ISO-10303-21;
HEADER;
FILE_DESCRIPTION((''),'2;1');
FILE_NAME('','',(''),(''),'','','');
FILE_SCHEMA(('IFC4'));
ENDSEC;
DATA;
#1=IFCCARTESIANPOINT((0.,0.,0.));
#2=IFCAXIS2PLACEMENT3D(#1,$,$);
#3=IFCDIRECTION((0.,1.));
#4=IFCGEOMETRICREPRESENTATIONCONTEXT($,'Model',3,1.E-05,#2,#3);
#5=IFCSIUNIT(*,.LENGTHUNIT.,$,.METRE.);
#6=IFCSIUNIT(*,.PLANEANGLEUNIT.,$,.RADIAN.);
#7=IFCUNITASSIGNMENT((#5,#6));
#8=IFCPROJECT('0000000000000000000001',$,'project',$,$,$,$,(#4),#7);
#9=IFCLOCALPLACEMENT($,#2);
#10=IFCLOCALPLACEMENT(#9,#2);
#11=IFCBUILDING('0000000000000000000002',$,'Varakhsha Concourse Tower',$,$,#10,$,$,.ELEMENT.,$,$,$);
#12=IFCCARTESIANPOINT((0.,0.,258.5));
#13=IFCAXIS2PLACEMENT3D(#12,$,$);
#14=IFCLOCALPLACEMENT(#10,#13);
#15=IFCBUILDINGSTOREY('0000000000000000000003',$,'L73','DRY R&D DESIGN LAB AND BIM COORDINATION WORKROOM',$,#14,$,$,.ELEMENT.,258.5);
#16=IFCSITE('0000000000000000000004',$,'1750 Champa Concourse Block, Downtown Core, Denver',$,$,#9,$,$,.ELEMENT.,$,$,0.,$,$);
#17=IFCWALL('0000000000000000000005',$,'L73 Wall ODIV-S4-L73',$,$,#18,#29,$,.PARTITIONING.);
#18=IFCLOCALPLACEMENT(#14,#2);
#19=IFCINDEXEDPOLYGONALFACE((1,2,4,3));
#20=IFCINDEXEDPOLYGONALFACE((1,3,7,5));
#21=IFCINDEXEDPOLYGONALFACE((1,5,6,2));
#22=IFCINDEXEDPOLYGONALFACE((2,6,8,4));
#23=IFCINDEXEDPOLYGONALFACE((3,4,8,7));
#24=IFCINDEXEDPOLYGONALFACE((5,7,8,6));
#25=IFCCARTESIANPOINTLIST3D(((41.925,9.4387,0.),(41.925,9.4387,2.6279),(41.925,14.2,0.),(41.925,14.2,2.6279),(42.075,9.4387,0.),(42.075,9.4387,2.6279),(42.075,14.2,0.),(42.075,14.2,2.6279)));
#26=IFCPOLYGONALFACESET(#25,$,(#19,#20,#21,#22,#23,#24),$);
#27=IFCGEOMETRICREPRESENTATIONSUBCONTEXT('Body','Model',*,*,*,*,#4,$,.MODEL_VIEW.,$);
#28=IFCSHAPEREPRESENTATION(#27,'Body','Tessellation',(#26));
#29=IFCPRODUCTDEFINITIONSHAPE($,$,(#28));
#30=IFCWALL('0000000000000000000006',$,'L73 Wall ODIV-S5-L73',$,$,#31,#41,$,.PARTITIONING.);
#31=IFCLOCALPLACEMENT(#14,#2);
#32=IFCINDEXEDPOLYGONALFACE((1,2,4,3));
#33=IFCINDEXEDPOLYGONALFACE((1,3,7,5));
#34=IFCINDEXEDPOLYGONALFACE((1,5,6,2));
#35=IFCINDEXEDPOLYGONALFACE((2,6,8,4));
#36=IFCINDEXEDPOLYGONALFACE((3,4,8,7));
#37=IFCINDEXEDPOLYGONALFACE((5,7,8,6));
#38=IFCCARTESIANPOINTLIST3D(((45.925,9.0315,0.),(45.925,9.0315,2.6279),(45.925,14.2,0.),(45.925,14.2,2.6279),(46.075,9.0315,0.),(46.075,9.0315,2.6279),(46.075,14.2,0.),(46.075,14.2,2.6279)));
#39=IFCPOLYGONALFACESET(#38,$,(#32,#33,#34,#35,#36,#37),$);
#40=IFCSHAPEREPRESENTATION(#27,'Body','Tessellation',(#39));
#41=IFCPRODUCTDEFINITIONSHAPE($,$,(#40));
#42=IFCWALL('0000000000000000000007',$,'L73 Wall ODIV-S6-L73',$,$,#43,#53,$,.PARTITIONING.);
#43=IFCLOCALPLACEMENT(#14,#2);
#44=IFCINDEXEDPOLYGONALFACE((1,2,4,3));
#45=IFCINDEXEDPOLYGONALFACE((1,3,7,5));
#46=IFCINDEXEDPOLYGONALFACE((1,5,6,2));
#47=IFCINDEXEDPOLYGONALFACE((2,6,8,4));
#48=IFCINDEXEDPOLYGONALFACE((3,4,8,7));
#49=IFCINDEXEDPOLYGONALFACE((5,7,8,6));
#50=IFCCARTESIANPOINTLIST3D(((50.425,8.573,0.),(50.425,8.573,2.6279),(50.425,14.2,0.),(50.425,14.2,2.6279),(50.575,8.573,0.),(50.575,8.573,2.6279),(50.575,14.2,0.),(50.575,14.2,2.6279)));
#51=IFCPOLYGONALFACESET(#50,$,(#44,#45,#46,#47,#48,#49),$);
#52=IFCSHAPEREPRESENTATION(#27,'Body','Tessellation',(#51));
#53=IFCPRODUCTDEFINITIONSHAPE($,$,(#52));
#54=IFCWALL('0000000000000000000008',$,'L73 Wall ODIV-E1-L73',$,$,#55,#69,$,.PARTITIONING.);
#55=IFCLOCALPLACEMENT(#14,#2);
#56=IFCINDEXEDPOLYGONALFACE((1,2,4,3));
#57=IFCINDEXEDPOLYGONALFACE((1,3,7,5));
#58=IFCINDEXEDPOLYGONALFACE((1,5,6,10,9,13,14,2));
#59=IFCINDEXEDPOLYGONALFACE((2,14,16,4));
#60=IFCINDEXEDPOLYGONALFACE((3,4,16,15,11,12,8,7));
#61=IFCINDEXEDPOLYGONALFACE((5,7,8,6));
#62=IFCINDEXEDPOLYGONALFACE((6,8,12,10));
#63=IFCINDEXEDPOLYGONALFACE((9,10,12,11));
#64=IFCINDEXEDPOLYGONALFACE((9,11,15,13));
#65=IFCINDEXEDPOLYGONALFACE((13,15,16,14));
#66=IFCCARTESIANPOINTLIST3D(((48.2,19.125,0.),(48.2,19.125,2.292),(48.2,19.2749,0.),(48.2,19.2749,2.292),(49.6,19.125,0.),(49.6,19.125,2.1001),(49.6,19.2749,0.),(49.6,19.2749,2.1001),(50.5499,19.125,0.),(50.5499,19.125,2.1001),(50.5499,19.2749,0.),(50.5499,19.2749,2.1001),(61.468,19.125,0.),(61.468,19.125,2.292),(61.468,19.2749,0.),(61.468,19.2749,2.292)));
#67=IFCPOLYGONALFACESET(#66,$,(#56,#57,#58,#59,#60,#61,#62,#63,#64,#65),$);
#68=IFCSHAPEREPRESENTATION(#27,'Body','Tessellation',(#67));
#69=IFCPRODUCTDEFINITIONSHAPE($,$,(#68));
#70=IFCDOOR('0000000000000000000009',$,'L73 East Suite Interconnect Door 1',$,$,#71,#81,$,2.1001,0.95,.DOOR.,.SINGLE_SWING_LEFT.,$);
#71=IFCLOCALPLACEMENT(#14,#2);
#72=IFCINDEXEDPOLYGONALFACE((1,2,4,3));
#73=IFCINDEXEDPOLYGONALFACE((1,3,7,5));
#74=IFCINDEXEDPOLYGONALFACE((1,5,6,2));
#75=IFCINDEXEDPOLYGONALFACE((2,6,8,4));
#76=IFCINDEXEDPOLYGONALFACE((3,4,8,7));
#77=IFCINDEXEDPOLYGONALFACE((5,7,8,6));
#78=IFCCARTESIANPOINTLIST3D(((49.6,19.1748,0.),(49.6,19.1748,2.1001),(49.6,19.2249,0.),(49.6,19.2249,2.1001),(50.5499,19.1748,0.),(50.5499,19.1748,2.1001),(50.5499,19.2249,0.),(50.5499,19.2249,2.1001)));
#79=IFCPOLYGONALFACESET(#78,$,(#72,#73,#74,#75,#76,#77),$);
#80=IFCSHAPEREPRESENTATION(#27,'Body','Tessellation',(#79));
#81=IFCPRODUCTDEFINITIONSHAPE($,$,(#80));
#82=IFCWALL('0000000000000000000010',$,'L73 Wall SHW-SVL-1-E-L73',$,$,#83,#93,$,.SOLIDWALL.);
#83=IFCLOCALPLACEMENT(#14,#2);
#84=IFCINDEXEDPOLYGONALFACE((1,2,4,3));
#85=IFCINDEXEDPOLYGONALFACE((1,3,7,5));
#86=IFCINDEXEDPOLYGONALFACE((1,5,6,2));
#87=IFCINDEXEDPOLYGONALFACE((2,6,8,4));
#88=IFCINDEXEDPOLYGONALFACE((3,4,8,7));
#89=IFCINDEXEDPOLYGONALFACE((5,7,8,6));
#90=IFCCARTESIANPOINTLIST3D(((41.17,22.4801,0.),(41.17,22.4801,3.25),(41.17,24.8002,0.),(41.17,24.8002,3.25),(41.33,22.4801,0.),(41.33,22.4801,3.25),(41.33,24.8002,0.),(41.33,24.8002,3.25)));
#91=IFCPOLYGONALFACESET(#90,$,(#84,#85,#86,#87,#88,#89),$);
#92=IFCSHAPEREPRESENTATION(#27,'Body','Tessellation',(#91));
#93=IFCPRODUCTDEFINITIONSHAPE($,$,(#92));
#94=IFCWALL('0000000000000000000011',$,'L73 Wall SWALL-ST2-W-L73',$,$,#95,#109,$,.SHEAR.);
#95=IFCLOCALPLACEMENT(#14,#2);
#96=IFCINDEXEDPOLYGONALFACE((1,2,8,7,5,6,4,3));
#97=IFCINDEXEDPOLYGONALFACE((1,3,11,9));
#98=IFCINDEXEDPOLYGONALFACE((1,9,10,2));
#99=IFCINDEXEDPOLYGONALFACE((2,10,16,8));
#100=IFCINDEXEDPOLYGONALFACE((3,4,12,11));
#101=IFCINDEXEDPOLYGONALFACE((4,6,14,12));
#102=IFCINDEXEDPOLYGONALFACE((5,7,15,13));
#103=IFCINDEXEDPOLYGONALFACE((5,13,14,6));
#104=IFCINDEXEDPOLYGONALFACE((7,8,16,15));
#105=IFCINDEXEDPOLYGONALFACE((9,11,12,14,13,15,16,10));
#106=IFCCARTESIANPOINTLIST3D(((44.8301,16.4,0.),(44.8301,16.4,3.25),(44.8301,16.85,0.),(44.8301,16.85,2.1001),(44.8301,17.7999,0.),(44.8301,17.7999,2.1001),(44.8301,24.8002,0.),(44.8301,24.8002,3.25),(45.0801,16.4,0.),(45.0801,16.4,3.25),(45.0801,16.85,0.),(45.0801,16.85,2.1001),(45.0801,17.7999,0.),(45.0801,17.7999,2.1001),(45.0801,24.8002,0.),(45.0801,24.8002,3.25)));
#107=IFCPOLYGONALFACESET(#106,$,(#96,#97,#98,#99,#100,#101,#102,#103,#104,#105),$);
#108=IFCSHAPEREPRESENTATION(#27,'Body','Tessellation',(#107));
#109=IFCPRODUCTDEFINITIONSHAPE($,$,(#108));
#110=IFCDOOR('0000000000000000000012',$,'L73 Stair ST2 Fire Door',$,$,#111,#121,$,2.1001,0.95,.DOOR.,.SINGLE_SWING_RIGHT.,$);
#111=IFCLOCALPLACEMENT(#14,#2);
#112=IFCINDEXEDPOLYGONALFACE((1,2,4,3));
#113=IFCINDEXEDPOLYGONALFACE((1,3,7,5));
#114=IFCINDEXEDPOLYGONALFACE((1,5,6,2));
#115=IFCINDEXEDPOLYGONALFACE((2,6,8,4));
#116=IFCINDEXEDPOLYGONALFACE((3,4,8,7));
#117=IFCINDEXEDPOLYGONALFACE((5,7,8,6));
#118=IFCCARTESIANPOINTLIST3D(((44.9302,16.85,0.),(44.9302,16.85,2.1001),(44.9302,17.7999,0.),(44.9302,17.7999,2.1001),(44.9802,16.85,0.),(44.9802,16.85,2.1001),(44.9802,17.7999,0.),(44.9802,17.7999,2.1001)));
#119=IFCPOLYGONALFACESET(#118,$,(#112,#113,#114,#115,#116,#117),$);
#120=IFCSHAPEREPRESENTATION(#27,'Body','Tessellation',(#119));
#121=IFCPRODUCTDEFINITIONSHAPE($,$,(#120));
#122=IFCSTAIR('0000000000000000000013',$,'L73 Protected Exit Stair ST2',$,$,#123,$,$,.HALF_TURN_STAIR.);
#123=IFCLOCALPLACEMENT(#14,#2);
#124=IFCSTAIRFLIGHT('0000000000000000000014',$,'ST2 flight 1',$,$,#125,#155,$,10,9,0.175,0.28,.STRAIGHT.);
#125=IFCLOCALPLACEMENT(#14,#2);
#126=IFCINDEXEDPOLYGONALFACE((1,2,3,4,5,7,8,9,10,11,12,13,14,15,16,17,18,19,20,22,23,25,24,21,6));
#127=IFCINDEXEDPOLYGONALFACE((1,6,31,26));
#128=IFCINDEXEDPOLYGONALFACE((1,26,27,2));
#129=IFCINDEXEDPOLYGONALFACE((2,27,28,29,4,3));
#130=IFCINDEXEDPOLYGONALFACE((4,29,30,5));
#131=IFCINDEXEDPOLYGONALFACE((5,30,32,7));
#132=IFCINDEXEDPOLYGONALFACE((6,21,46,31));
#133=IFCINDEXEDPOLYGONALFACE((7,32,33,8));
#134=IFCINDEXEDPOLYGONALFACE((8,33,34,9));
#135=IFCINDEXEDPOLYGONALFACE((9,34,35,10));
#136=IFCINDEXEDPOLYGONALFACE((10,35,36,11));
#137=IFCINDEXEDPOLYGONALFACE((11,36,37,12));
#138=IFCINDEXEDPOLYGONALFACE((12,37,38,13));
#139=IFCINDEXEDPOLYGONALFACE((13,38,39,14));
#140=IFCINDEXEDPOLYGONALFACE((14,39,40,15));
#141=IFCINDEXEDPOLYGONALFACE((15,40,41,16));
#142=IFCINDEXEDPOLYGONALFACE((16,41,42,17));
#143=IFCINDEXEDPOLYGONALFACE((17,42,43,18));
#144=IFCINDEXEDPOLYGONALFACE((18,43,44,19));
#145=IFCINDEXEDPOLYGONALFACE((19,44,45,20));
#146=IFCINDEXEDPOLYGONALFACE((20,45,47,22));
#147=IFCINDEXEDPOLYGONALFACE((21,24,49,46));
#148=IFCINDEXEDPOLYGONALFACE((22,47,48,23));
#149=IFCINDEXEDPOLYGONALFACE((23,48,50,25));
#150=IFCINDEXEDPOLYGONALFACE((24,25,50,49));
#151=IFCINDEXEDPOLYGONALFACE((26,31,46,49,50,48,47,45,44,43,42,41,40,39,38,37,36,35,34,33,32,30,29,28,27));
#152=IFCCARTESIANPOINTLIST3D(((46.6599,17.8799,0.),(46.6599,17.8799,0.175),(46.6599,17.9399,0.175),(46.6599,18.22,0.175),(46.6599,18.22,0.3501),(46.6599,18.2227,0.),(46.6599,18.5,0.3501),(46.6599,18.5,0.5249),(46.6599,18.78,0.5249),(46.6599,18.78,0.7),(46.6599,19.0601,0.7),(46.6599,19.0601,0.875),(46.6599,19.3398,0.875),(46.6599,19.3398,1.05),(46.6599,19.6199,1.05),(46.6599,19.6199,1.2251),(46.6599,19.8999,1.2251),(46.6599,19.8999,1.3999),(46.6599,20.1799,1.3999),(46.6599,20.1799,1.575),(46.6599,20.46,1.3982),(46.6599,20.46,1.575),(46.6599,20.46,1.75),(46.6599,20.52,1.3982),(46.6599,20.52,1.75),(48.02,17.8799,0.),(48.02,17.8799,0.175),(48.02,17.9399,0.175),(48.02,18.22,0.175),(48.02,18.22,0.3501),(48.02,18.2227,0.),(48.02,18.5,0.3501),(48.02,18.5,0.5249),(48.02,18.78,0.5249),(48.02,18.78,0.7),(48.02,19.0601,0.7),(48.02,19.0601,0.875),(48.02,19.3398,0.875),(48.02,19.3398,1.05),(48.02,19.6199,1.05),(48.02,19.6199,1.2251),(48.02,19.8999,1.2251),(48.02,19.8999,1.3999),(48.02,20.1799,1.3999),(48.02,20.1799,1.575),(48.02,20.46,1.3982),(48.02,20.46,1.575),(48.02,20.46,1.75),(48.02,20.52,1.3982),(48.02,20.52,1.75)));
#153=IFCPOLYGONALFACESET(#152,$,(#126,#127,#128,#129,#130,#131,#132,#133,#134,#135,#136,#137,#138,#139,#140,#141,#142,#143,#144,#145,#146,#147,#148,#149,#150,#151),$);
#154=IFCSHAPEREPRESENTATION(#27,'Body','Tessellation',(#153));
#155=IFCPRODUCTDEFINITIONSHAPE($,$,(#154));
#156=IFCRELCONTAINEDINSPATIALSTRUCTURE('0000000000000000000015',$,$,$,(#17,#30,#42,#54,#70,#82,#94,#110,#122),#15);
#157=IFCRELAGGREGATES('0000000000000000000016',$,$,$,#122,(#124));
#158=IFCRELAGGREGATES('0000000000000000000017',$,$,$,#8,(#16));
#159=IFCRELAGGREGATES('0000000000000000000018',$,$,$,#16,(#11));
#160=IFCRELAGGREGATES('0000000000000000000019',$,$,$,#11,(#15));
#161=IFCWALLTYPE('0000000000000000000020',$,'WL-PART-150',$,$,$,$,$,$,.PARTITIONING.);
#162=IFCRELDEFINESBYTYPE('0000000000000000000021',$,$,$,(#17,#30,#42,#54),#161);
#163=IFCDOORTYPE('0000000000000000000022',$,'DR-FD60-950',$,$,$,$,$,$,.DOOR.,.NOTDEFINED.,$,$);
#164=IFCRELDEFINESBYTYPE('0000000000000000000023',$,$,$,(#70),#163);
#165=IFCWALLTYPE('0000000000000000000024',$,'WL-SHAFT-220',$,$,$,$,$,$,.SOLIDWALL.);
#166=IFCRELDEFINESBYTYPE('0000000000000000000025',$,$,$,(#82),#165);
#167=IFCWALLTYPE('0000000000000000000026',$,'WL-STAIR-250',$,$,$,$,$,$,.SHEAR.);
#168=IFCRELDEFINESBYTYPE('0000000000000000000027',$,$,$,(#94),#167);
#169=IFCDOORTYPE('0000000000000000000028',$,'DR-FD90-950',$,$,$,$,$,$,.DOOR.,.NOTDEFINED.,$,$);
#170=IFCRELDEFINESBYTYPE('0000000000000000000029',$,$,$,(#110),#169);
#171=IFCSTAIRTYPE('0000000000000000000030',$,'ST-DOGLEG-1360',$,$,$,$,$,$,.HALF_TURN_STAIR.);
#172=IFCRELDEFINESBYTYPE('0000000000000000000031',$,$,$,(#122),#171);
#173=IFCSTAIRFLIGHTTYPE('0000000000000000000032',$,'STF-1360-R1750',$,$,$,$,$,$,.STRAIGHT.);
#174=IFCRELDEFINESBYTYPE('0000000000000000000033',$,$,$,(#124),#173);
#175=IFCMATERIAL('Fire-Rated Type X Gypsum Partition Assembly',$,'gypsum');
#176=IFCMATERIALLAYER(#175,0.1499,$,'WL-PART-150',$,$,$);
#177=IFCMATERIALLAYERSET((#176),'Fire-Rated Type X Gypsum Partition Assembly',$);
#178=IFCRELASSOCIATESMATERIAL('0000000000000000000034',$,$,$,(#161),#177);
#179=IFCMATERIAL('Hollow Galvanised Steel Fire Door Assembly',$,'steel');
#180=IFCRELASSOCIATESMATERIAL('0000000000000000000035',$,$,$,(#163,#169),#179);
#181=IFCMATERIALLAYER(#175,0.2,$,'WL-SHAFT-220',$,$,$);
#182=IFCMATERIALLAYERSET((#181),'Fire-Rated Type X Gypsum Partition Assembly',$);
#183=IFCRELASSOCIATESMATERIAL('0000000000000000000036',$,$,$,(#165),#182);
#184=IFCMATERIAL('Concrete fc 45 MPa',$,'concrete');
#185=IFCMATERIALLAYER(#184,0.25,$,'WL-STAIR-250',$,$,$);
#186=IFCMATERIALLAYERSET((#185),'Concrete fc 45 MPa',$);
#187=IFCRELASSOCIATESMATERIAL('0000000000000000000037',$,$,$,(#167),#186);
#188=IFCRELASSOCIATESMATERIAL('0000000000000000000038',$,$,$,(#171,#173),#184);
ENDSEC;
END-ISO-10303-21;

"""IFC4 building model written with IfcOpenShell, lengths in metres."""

from ifc_helpers import new_model, si_unit, direction, frame, frame_2d, origin, place, context, subcontext, project, spatial, polyline, rectangle, outline, extrude, material, layer, layer_set, type_object, element, fill, aggregate, save


model = new_model("IFC4")

# Units and contexts
model_context = context("Model", 3, precision=1e-05, world=origin(), true_north=direction((0.0, 1.0)))
body_context = subcontext(model_context, "Body", "Model", "MODEL_VIEW")
ifc_project = project(units=[si_unit("LENGTHUNIT", "METRE"), si_unit("PLANEANGLEUNIT", "RADIAN")], contexts=[model_context])

# Site, building, storey
site_placement = place(None, origin())
site = spatial("IfcSite", under=ifc_project, at=site_placement, Name="1750 Champa Concourse Block, Downtown Core, Denver", CompositionType="ELEMENT", RefElevation=0.0)
building_placement = place(site_placement, origin())
building = spatial("IfcBuilding", under=site, at=building_placement, Name="Varakhsha Concourse Tower", CompositionType="ELEMENT")
storey_placement = place(building_placement, frame((0.0, 0.0, 258.5)))
storey = spatial("IfcBuildingStorey", under=building, at=storey_placement, Name="L73", Description="DRY R&D DESIGN LAB AND BIM COORDINATION WORKROOM", CompositionType="ELEMENT", Elevation=258.5)

# Shared definitions
ifc_material_1 = material(Name="Fire-Rated Type X Gypsum Partition Assembly", Category="gypsum")
ifc_material_2 = material(Name="Hollow Galvanised Steel Fire Door Assembly", Category="steel")

# Walls
ifc_layer_1 = layer(ifc_material_1, 0.1499, Name="WL-PART-150")
ifc_layer_set_1 = layer_set([ifc_layer_1], Name="Fire-Rated Type X Gypsum Partition Assembly")
wall_type_1 = type_object("IfcWallType", Name="WL-PART-150", PredefinedType="PARTITIONING", material=ifc_layer_set_1)
wall_1_placement = place(storey_placement, frame((42.0, 9.4387, 0.0), z_axis=(0.0, 0.0, 1.0), x_axis=(0.0, 1.0, 0.0)))
element("IfcWall", 1, at=wall_1_placement, inside=storey, type_object=wall_type_1, Name="L73 Wall ODIV-S4-L73", PredefinedType="PARTITIONING", context=body_context, shape_type="SweptSolid", body=[
    extrude(rectangle(XDim=4.7612, YDim=0.1499, at=frame_2d((2.3806, 0.0))), origin(), (0.0, 0.0, 1.0), 2.6279),
])
wall_2_placement = place(storey_placement, frame((46.0, 9.0315, 0.0), z_axis=(0.0, 0.0, 1.0), x_axis=(0.0, 1.0, 0.0)))
element("IfcWall", 2, at=wall_2_placement, inside=storey, type_object=wall_type_1, Name="L73 Wall ODIV-S5-L73", PredefinedType="PARTITIONING", context=body_context, shape_type="SweptSolid", body=[
    extrude(rectangle(XDim=5.1685, YDim=0.1499, at=frame_2d((2.5842, 0.0))), origin(), (0.0, 0.0, 1.0), 2.6279),
])
wall_3_placement = place(storey_placement, frame((50.5, 8.573, 0.0), z_axis=(0.0, 0.0, 1.0), x_axis=(0.0, 1.0, 0.0)))
element("IfcWall", 3, at=wall_3_placement, inside=storey, type_object=wall_type_1, Name="L73 Wall ODIV-S6-L73", PredefinedType="PARTITIONING", context=body_context, shape_type="SweptSolid", body=[
    extrude(rectangle(XDim=5.627, YDim=0.1499, at=frame_2d((2.8135, 0.0))), origin(), (0.0, 0.0, 1.0), 2.6279),
])

# Wall, opening, door
wall_4_placement = place(storey_placement, frame((48.2, 19.2, 0.0), z_axis=(0.0, 0.0, 1.0), x_axis=(1.0, 0.0, 0.0)))
wall_4 = element("IfcWall", 4, at=wall_4_placement, inside=storey, type_object=wall_type_1, Name="L73 Wall ODIV-E1-L73", PredefinedType="PARTITIONING", context=body_context, shape_type="SweptSolid", body=[
    extrude(rectangle(XDim=13.2681, YDim=0.1499, at=frame_2d((6.634, 0.0))), origin(), (0.0, 0.0, 1.0), 2.292),
])
opening_1_placement = place(wall_4_placement, frame((1.3999, 0.0, 0.0)))
opening_1 = element("IfcOpeningElement", 5, at=opening_1_placement, cuts=wall_4, PredefinedType="OPENING", context=body_context, shape_type="SweptSolid", body=[
    extrude(rectangle(XDim=0.95, YDim=2.1001, at=frame_2d((0.4751, 1.05))), frame((0.0, 0.085, 0.0), z_axis=(0.0, -1.0, 0.0), x_axis=(1.0, 0.0, 0.0)), (0.0, 0.0, 1.0), 0.1699),
])
door_type_1 = type_object("IfcDoorType", Name="DR-FD60-950", OperationType="NOTDEFINED", PredefinedType="DOOR", material=ifc_material_2)
door_1_placement = place(opening_1_placement, origin())
door_1 = element("IfcDoor", 6, at=door_1_placement, inside=storey, type_object=door_type_1, Name="L73 East Suite Interconnect Door 1", OperationType="SINGLE_SWING_LEFT", OverallHeight=2.1001, OverallWidth=0.95, PredefinedType="DOOR", context=body_context, shape_type="SweptSolid", body=[
    extrude(rectangle(XDim=0.95, YDim=2.1001, at=frame_2d((0.4751, 1.05))), frame((0.0, 0.0249, 0.0), z_axis=(0.0, -1.0, 0.0), x_axis=(1.0, 0.0, 0.0)), (0.0, 0.0, 1.0), 0.05),
])
fill(opening_1, door_1)

# Wall
ifc_layer_2 = layer(ifc_material_1, 0.2, Name="WL-SHAFT-220")
ifc_layer_set_2 = layer_set([ifc_layer_2], Name="Fire-Rated Type X Gypsum Partition Assembly")
wall_type_2 = type_object("IfcWallType", Name="WL-SHAFT-220", PredefinedType="SOLIDWALL", material=ifc_layer_set_2)
wall_5_placement = place(storey_placement, frame((41.25, 22.48, 0.0), z_axis=(0.0, 0.0, 1.0), x_axis=(0.0, 1.0, 0.0)))
element("IfcWall", 7, at=wall_5_placement, inside=storey, type_object=wall_type_2, Name="L73 Wall SHW-SVL-1-E-L73", PredefinedType="SOLIDWALL", context=body_context, shape_type="SweptSolid", body=[
    extrude(rectangle(XDim=2.3201, YDim=0.1599, at=frame_2d((1.1602, 0.0))), origin(), (0.0, 0.0, 1.0), 3.25),
])

# Wall, opening, door
ifc_material_3 = material(Name="Concrete fc 45 MPa", Category="concrete")
ifc_layer_3 = layer(ifc_material_3, 0.25, Name="WL-STAIR-250")
ifc_layer_set_3 = layer_set([ifc_layer_3], Name="Concrete fc 45 MPa")
wall_type_3 = type_object("IfcWallType", Name="WL-STAIR-250", PredefinedType="SHEAR", material=ifc_layer_set_3)
wall_6_placement = place(storey_placement, frame((44.9551, 16.3999, 0.0), z_axis=(0.0, 0.0, 1.0), x_axis=(0.0, 1.0, 0.0)))
wall_6 = element("IfcWall", 8, at=wall_6_placement, inside=storey, type_object=wall_type_3, Name="L73 Wall SWALL-ST2-W-L73", PredefinedType="SHEAR", context=body_context, shape_type="SweptSolid", body=[
    extrude(rectangle(XDim=8.4001, YDim=0.25, at=frame_2d((4.2002, 0.0))), origin(), (0.0, 0.0, 1.0), 3.25),
])
opening_2_placement = place(wall_6_placement, frame((0.45, 0.0, 0.0)))
opening_2 = element("IfcOpeningElement", 9, at=opening_2_placement, cuts=wall_6, PredefinedType="OPENING", context=body_context, shape_type="SweptSolid", body=[
    extrude(rectangle(XDim=0.95, YDim=2.1001, at=frame_2d((0.4751, 1.05))), frame((0.0, 0.135, 0.0), z_axis=(0.0, -1.0, 0.0), x_axis=(1.0, 0.0, 0.0)), (0.0, 0.0, 1.0), 0.27),
])
door_type_2 = type_object("IfcDoorType", Name="DR-FD90-950", OperationType="NOTDEFINED", PredefinedType="DOOR", material=ifc_material_2)
door_2_placement = place(opening_2_placement, origin())
door_2 = element("IfcDoor", 10, at=door_2_placement, inside=storey, type_object=door_type_2, Name="L73 Stair ST2 Fire Door", OperationType="SINGLE_SWING_RIGHT", OverallHeight=2.1001, OverallWidth=0.95, PredefinedType="DOOR", context=body_context, shape_type="SweptSolid", body=[
    extrude(rectangle(XDim=0.95, YDim=2.1001, at=frame_2d((0.4751, 1.05))), frame((0.0, 0.0249, 0.0), z_axis=(0.0, -1.0, 0.0), x_axis=(1.0, 0.0, 0.0)), (0.0, 0.0, 1.0), 0.05),
])
fill(opening_2, door_2)

# Stair, stair flight
stair_type = type_object("IfcStairType", Name="ST-DOGLEG-1360", PredefinedType="HALF_TURN_STAIR", material=ifc_material_3)
stair_placement = place(storey_placement, origin())
stair = element("IfcStair", 11, at=stair_placement, inside=storey, type_object=stair_type, Name="L73 Protected Exit Stair ST2", PredefinedType="HALF_TURN_STAIR")
stair_flight_type = type_object("IfcStairFlightType", Name="STF-1360-R1750", PredefinedType="STRAIGHT", material=ifc_material_3)
stair_flight_1_placement = place(storey_placement, frame((47.3401, 17.9399, 0.0), z_axis=(0.0, 0.0, 1.0), x_axis=(0.0, 1.0, 0.0)))
stair_flight_1 = element("IfcStairFlight", 12, at=stair_flight_1_placement, type_object=stair_flight_type, Name="ST2 flight 1", NumberOfRisers=10, NumberOfTreads=9, PredefinedType="STRAIGHT", RiserHeight=0.175, TreadLength=0.28, context=body_context, shape_type="SweptSolid", body=[
    extrude(outline(polyline([(-0.0601, 0.0), (-0.0601, 0.175), (0.0, 0.175), (0.28, 0.175), (0.28, 0.3501), (0.5601, 0.3501), (0.5601, 0.5249), (0.8401, 0.5249), (0.8401, 0.7), (1.1201, 0.7), (1.1201, 0.875), (1.3999, 0.875), (1.3999, 1.05), (1.6799, 1.05), (1.6799, 1.2251), (1.96, 1.2251), (1.96, 1.3999), (2.24, 1.3999), (2.24, 1.575), (2.52, 1.575), (2.52, 1.75), (2.5801, 1.75), (2.5801, 1.3982), (2.52, 1.3982), (0.2827, 0.0), (-0.0601, 0.0)])), frame((0.0, 0.6802, 0.0), z_axis=(0.0, -1.0, 0.0), x_axis=(1.0, 0.0, 0.0)), (0.0, 0.0, 1.0), 1.3601),
])
aggregate(stair, [stair_flight_1])

save(model, "model.ifc")
